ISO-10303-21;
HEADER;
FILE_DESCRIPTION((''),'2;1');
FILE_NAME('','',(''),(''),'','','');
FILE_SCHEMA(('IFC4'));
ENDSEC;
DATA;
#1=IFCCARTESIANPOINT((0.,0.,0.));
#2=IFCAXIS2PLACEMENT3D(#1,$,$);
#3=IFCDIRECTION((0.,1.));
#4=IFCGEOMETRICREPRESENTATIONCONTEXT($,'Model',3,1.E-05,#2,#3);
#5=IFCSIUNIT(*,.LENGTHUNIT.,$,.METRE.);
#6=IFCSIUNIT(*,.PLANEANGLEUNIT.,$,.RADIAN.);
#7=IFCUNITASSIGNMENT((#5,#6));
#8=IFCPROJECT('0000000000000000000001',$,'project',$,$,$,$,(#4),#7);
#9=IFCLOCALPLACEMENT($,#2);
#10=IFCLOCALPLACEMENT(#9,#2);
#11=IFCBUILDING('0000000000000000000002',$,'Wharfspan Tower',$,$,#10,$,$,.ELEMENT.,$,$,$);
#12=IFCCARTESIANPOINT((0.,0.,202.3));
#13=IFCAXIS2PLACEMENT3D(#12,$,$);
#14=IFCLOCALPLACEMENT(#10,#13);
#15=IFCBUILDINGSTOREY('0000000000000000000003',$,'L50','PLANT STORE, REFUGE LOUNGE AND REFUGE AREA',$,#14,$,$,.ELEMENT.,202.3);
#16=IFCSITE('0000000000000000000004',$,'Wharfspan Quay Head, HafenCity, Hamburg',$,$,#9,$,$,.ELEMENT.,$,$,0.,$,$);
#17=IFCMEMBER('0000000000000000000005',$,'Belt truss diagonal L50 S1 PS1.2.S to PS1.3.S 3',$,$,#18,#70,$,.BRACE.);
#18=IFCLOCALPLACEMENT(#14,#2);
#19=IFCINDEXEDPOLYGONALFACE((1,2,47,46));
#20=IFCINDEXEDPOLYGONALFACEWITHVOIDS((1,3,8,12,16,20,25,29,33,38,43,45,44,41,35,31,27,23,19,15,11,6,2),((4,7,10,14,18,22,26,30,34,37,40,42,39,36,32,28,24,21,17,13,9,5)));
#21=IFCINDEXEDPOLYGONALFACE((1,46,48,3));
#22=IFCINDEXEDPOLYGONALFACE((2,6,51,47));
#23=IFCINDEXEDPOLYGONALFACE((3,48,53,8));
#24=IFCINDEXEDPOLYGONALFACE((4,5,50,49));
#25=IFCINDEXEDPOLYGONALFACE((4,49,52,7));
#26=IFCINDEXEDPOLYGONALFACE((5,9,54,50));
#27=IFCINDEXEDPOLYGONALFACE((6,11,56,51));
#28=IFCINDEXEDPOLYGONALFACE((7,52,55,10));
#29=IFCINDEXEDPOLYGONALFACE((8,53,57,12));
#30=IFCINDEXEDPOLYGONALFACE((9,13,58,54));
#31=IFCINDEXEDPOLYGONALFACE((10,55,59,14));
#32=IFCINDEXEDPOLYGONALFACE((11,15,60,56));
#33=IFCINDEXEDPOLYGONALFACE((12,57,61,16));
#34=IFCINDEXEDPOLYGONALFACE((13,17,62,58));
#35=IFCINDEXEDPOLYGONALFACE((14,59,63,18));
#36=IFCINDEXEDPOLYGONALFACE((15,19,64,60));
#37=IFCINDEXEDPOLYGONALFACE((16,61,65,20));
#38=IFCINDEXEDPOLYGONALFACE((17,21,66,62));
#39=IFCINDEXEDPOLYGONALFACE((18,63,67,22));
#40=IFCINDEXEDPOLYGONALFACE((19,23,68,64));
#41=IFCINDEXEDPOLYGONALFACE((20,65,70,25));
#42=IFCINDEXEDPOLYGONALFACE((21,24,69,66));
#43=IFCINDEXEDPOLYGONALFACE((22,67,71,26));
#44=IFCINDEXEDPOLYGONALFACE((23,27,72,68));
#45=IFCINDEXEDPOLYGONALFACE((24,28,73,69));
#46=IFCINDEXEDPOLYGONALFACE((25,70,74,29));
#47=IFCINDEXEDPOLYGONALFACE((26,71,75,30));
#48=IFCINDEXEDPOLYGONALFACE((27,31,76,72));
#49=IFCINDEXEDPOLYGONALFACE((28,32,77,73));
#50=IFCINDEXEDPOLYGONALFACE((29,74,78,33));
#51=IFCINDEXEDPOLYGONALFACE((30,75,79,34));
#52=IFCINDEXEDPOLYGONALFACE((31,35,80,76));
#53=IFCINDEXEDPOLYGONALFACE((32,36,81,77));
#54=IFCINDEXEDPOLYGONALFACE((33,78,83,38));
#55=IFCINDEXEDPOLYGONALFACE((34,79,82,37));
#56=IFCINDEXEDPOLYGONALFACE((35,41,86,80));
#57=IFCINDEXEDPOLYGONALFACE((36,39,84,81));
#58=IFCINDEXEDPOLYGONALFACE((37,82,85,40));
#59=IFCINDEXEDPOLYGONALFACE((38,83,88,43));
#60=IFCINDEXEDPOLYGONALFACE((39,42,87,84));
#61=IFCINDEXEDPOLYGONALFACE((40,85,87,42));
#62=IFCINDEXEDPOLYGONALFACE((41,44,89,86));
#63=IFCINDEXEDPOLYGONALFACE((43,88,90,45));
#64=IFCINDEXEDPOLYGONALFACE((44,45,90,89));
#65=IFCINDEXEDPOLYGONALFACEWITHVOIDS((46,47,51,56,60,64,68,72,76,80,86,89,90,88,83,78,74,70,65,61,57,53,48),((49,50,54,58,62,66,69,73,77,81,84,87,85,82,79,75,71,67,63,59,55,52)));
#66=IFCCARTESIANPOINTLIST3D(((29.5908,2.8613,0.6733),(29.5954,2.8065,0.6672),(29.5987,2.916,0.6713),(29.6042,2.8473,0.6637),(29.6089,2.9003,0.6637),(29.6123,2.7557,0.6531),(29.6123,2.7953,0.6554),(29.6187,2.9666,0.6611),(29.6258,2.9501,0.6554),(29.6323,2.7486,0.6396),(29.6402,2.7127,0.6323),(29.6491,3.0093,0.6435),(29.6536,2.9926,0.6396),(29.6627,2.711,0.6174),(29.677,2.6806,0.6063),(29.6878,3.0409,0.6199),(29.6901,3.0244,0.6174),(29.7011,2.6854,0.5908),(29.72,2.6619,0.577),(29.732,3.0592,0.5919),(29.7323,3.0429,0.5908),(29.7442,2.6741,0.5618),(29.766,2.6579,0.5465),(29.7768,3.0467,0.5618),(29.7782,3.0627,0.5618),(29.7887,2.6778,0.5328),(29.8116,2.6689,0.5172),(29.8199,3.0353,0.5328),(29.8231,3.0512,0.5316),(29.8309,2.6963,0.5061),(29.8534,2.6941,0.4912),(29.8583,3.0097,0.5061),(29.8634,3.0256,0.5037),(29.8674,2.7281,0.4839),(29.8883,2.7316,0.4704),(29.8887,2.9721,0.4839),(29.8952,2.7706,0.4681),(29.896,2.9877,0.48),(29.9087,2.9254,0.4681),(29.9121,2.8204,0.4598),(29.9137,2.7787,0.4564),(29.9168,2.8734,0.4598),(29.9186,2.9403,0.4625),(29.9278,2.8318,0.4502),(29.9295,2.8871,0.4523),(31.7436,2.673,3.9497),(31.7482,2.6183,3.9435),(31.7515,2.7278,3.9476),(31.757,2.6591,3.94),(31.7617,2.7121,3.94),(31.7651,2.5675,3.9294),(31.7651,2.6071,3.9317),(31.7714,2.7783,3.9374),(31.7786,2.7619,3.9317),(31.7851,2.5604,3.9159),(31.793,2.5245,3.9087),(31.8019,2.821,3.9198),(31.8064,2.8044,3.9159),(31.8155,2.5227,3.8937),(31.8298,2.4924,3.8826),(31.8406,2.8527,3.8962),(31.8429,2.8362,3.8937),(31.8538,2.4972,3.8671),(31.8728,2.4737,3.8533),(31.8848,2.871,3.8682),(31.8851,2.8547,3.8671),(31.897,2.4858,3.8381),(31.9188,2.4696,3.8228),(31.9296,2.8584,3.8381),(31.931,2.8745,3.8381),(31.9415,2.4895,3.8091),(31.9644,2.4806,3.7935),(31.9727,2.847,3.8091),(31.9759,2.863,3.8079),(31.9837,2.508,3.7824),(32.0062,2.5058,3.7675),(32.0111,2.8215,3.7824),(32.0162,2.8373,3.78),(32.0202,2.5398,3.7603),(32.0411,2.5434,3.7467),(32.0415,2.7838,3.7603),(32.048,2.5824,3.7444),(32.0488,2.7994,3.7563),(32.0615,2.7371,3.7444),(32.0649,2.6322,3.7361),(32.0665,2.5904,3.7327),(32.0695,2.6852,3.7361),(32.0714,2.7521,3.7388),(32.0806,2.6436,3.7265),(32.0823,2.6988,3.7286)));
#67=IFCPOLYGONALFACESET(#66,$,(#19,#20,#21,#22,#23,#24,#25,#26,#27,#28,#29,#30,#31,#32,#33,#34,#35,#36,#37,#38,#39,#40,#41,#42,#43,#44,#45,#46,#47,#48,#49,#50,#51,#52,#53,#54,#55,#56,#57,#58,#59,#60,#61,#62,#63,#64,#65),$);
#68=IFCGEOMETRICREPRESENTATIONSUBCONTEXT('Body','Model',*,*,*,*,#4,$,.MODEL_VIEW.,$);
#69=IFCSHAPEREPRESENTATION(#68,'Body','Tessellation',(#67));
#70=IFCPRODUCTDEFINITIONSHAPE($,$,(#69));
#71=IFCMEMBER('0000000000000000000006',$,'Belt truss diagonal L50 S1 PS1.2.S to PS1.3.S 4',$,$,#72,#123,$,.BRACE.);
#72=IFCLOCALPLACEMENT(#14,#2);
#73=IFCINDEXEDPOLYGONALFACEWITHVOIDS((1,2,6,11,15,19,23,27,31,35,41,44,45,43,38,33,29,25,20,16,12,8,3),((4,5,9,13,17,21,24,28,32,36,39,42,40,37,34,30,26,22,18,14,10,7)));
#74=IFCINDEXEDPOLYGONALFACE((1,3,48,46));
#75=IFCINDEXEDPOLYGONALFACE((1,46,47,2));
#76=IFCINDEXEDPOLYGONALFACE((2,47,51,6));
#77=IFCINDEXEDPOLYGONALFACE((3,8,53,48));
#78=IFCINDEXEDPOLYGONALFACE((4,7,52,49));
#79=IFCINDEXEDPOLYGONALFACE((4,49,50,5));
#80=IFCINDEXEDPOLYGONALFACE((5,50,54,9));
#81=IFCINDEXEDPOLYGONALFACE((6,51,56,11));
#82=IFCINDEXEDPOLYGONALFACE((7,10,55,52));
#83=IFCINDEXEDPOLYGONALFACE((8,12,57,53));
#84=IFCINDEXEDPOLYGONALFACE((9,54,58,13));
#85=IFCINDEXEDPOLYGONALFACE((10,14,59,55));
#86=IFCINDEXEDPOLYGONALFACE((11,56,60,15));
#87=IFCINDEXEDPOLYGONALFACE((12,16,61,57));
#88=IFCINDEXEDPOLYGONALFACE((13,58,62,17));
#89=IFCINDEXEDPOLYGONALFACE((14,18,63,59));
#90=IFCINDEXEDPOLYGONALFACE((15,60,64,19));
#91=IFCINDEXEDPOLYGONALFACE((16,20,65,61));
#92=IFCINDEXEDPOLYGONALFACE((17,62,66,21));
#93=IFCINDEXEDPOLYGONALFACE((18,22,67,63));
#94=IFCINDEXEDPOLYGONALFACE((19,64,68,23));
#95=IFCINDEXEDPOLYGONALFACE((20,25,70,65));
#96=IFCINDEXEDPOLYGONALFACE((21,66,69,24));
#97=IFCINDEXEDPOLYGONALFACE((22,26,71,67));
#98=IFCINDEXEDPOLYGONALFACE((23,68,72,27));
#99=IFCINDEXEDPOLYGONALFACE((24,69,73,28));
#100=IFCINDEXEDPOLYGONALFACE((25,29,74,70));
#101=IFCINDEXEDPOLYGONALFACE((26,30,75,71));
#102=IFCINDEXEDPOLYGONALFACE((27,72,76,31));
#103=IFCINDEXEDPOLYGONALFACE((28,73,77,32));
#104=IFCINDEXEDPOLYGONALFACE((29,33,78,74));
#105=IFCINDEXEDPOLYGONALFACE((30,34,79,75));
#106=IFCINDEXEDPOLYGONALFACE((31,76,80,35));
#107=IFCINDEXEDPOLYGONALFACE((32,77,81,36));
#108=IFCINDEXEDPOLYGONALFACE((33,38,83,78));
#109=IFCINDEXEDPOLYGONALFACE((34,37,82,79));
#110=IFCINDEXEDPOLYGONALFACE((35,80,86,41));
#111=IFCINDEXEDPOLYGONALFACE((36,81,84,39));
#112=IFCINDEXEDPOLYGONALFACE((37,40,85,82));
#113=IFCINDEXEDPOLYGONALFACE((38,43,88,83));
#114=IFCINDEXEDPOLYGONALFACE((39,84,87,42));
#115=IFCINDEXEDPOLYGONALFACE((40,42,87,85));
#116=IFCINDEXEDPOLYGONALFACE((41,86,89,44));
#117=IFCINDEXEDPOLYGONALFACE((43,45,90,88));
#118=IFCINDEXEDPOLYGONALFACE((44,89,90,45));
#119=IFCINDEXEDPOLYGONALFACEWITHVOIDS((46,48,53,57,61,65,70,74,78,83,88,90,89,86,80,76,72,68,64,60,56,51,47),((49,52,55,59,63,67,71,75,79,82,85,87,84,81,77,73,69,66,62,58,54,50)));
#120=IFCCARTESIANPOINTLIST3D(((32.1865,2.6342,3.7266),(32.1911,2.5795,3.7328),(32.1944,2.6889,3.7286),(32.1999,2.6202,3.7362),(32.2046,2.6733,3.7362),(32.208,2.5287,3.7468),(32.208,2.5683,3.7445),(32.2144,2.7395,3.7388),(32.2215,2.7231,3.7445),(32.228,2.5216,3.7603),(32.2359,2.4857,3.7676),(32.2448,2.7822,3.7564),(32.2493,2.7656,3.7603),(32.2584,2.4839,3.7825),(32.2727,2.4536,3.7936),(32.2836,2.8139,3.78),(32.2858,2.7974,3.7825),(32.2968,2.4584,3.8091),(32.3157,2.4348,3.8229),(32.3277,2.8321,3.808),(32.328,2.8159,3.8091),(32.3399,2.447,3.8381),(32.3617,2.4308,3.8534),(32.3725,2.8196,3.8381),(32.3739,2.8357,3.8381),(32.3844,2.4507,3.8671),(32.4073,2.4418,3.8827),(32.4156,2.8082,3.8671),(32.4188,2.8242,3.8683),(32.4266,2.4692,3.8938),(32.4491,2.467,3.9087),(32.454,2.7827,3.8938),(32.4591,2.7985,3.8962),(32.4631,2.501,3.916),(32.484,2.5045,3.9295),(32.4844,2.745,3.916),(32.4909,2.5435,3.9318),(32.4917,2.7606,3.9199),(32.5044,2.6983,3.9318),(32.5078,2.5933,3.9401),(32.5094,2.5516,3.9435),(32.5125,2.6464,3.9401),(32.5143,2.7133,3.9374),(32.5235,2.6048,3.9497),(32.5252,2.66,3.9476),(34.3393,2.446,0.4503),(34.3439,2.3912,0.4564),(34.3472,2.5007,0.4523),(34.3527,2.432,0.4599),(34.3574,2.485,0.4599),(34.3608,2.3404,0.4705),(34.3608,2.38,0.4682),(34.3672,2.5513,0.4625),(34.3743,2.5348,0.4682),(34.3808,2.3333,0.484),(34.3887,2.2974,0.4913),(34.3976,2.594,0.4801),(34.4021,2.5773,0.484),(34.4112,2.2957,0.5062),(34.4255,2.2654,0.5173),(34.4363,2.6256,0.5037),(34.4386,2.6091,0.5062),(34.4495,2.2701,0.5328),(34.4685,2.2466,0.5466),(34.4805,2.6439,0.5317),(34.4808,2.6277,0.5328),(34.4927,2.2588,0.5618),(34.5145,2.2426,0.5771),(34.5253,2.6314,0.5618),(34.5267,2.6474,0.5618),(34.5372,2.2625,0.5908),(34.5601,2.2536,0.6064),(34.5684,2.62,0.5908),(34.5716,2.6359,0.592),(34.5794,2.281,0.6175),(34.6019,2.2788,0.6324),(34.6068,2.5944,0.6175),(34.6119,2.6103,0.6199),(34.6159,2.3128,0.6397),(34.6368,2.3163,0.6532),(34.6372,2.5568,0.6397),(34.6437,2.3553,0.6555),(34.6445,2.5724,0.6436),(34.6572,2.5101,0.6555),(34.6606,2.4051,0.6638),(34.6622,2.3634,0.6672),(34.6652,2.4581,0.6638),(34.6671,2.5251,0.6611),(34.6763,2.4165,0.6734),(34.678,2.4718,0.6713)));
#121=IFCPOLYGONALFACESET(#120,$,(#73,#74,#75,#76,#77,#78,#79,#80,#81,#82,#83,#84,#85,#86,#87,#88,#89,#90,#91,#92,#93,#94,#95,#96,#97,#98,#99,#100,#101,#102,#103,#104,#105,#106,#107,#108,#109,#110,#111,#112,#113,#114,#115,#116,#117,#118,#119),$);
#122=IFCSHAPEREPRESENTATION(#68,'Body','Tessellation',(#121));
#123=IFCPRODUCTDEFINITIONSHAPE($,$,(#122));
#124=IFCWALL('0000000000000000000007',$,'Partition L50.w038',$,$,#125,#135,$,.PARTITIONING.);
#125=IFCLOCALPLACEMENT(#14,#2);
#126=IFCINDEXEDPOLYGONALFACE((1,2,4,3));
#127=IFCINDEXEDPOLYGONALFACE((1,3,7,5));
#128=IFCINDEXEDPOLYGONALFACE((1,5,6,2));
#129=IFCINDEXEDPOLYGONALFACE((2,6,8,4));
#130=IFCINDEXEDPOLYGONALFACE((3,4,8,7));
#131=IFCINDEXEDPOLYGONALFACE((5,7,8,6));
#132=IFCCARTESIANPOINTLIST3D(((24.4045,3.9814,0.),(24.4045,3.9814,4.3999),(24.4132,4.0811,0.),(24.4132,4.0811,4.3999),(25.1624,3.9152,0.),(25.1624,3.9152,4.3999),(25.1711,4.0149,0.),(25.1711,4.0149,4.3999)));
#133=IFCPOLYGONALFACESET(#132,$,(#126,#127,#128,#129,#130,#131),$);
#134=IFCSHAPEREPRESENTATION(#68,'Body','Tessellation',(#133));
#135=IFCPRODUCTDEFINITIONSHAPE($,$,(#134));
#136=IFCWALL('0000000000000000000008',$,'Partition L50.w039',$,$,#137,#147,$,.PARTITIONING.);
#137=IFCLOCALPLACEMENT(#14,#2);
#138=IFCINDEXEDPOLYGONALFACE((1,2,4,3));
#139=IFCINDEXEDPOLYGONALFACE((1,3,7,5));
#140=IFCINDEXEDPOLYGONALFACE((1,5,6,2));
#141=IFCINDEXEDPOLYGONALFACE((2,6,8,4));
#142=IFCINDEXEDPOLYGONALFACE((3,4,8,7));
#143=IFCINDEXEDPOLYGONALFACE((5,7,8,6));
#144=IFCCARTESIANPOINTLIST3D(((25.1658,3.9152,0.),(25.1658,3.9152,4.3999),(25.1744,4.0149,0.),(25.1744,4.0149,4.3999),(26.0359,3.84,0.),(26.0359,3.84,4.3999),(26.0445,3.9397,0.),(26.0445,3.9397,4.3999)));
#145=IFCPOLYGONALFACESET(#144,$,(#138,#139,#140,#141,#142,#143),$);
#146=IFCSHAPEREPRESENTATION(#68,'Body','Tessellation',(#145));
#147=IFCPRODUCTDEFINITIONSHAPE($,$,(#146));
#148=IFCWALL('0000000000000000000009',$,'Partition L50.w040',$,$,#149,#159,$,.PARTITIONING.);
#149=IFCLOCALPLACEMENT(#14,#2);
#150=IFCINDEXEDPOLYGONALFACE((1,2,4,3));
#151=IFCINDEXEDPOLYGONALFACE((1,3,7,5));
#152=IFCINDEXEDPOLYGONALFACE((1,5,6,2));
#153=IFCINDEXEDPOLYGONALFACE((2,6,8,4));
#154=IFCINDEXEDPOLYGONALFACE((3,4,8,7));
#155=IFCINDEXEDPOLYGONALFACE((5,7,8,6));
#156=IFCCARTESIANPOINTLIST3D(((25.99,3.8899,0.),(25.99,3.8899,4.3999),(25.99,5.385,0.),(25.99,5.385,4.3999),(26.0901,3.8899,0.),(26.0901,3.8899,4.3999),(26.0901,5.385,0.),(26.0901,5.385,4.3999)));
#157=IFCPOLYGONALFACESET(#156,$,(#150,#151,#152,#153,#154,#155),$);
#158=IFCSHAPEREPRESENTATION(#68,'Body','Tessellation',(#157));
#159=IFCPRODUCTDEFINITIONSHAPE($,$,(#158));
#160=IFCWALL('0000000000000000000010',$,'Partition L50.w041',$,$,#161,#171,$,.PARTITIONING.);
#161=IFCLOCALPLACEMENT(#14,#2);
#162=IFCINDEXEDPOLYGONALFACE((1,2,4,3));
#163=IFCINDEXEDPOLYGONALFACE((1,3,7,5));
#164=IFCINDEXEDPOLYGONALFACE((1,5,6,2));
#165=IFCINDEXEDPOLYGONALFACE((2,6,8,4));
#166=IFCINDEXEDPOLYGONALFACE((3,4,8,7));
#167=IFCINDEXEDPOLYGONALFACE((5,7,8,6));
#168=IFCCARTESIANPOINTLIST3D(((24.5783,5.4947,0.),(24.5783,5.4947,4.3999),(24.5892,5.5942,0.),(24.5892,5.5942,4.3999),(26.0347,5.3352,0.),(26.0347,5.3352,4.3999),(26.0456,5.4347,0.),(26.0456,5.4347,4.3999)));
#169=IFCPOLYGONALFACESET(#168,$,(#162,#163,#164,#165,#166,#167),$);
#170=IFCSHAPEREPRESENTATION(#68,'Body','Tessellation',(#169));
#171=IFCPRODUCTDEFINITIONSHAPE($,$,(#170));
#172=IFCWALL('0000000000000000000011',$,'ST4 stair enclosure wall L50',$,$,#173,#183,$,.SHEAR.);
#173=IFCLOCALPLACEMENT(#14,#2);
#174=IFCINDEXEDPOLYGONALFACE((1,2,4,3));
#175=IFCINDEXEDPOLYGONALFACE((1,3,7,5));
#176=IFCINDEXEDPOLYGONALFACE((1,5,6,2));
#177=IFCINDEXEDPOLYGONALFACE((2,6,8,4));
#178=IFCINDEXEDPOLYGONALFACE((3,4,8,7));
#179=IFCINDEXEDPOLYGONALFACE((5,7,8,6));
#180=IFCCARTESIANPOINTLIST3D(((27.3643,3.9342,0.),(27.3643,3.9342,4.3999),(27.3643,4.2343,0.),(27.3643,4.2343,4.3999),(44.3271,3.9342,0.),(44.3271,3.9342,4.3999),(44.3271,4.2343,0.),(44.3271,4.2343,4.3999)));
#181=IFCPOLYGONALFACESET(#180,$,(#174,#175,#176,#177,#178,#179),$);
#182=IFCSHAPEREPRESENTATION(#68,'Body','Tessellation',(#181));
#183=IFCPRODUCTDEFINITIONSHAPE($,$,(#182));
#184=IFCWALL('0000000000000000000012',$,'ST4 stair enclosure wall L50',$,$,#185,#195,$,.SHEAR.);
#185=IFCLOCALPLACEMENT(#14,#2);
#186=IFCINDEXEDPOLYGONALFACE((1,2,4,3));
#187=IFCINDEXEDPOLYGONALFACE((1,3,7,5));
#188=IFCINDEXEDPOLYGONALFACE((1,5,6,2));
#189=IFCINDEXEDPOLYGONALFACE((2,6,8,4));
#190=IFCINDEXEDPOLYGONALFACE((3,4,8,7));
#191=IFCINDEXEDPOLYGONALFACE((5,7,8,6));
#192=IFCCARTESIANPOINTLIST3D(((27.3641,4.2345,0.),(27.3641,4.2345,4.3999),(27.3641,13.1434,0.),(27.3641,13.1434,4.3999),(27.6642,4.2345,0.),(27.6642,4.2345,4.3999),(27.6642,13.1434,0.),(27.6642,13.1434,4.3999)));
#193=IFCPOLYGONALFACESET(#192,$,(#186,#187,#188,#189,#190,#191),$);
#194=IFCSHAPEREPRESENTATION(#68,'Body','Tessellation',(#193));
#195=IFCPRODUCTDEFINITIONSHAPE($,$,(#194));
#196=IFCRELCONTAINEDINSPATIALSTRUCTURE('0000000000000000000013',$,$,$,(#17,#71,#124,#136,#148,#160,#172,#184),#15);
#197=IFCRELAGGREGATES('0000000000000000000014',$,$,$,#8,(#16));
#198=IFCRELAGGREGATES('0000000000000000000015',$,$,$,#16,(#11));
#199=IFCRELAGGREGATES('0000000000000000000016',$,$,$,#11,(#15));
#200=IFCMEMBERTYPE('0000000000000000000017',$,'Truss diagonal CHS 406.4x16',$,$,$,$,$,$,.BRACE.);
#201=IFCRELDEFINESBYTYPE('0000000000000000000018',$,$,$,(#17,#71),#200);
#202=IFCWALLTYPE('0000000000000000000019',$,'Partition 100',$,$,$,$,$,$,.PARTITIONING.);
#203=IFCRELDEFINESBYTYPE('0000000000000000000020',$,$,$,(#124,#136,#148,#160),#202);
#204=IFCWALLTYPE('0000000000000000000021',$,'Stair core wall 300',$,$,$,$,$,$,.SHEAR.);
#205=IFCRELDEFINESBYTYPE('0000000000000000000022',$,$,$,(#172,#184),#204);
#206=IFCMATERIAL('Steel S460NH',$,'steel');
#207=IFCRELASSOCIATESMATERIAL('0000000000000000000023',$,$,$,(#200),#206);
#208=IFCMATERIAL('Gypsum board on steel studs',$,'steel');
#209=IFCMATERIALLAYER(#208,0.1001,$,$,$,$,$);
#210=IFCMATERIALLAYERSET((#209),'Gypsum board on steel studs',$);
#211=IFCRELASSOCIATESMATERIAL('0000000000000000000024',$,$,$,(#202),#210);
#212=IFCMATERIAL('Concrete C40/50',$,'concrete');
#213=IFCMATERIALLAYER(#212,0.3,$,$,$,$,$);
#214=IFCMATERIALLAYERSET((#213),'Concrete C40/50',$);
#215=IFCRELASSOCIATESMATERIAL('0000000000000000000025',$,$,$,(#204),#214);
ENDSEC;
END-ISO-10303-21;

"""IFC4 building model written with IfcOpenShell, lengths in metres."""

from ifc_helpers import new_model, si_unit, direction, frame, frame_2d, origin, origin_2d, place, context, subcontext, project, spatial, rectangle, hollow_circle, extrude, material, layer, layer_set, material_profile, profile_set, type_object, element, save


model = new_model("IFC4")

# Units and contexts
model_context = context("Model", 3, precision=1e-05, world=origin(), true_north=direction((0.0, 1.0)))
body_context = subcontext(model_context, "Body", "Model", "MODEL_VIEW")
ifc_project = project(units=[si_unit("LENGTHUNIT", "METRE"), si_unit("PLANEANGLEUNIT", "RADIAN")], contexts=[model_context])

# Site, building, storey
site_placement = place(None, origin())
site = spatial("IfcSite", under=ifc_project, at=site_placement, Name="Wharfspan Quay Head, HafenCity, Hamburg", CompositionType="ELEMENT", RefElevation=0.0)
building_placement = place(site_placement, origin())
building = spatial("IfcBuilding", under=site, at=building_placement, Name="Wharfspan Tower", CompositionType="ELEMENT")
storey_placement = place(building_placement, frame((0.0, 0.0, 202.3)))
storey = spatial("IfcBuildingStorey", under=building, at=storey_placement, Name="L50", Description="PLANT STORE, REFUGE LOUNGE AND REFUGE AREA", CompositionType="ELEMENT", Elevation=202.3)

# Members
ifc_material_1 = material(Name="Steel S460NH", Category="steel")
ifc_material_profile_1 = material_profile(ifc_material_1, hollow_circle(Radius=0.2031, WallThickness=0.0161, at=origin_2d()))
ifc_profile_set_1 = profile_set([ifc_material_profile_1], Name="Steel S460NH")
member_type = type_object("IfcMemberType", Name="Truss diagonal CHS 406.4x16", PredefinedType="BRACE", material=ifc_profile_set_1)
for number, where, z_axis, x_axis, name in (
    (1, (29.7605, 2.8604, 0.5618), (0.548509, -0.047959, 0.834768), (0.0871, 0.996201, 0.000002), "Belt truss diagonal L50 S1 PS1.2.S to PS1.3.S 3"),
    (2, (32.3562, 2.6333, 3.8381), (0.548509, -0.047959, -0.834768), (0.0871, 0.996201, -0.000002), "Belt truss diagonal L50 S1 PS1.2.S to PS1.3.S 4"),
):
    element("IfcMember", number, at=place(storey_placement, frame(where, z_axis=z_axis, x_axis=x_axis)), inside=storey, type_object=member_type, Name=name, PredefinedType="BRACE", context=body_context, shape_type="SweptSolid", body=[
        extrude(hollow_circle(Radius=0.2031, WallThickness=0.0161, at=origin_2d()), origin(), (0.0, 0.0, 1.0), 3.9248),
    ])

# Walls
ifc_material_2 = material(Name="Gypsum board on steel studs", Category="steel")
ifc_layer_1 = layer(ifc_material_2, 0.1001)
ifc_layer_set_1 = layer_set([ifc_layer_1], Name="Gypsum board on steel studs")
wall_type_1 = type_object("IfcWallType", Name="Partition 100", PredefinedType="PARTITIONING", material=ifc_layer_set_1)
wall_1_placement = place(storey_placement, frame((25.1667, 3.9651, 0.0), z_axis=(0.0, 0.0, 1.0), x_axis=(-0.996212, 0.086976, 0.0)))
element("IfcWall", 3, at=wall_1_placement, inside=storey, type_object=wall_type_1, Name="Partition L50.w038", PredefinedType="PARTITIONING", context=body_context, shape_type="SweptSolid", body=[
    extrude(rectangle(XDim=0.7607, YDim=0.1001, at=frame_2d((0.3804, 0.0))), origin(), (0.0, 0.0, 1.0), 4.3999),
])
wall_2_placement = place(storey_placement, frame((26.04, 3.8899, 0.0), z_axis=(0.0, 0.0, 1.0), x_axis=(-0.996288, 0.086099, 0.0)))
element("IfcWall", 4, at=wall_2_placement, inside=storey, type_object=wall_type_1, Name="Partition L50.w039", PredefinedType="PARTITIONING", context=body_context, shape_type="SweptSolid", body=[
    extrude(rectangle(XDim=0.8733, YDim=0.1001, at=frame_2d((0.4365, 0.0))), origin(), (0.0, 0.0, 1.0), 4.3999),
])
wall_3_placement = place(storey_placement, frame((26.04, 3.8899, 0.0), z_axis=(0.0, 0.0, 1.0), x_axis=(0.0, 1.0, 0.0)))
element("IfcWall", 5, at=wall_3_placement, inside=storey, type_object=wall_type_1, Name="Partition L50.w040", PredefinedType="PARTITIONING", context=body_context, shape_type="SweptSolid", body=[
    extrude(rectangle(XDim=1.4951, YDim=0.1001, at=frame_2d((0.7476, 0.0))), origin(), (0.0, 0.0, 1.0), 4.3999),
])
wall_4_placement = place(storey_placement, frame((26.04, 5.385, 0.0), z_axis=(0.0, 0.0, 1.0), x_axis=(-0.994063, 0.108822, 0.0)))
element("IfcWall", 6, at=wall_4_placement, inside=storey, type_object=wall_type_1, Name="Partition L50.w041", PredefinedType="PARTITIONING", context=body_context, shape_type="SweptSolid", body=[
    extrude(rectangle(XDim=1.4651, YDim=0.1001, at=frame_2d((0.7324, 0.0))), origin(), (0.0, 0.0, 1.0), 4.3999),
])
ifc_material_3 = material(Name="Concrete C40/50", Category="concrete")
ifc_layer_2 = layer(ifc_material_3, 0.3)
ifc_layer_set_2 = layer_set([ifc_layer_2], Name="Concrete C40/50")
wall_type_2 = type_object("IfcWallType", Name="Stair core wall 300", PredefinedType="SHEAR", material=ifc_layer_set_2)
wall_5_placement = place(storey_placement, frame((27.3643, 4.0842, 0.0), z_axis=(0.0, 0.0, 1.0), x_axis=(1.0, 0.0, 0.0)))
element("IfcWall", 7, at=wall_5_placement, inside=storey, type_object=wall_type_2, Name="ST4 stair enclosure wall L50", PredefinedType="SHEAR", context=body_context, shape_type="SweptSolid", body=[
    extrude(rectangle(XDim=16.9629, YDim=0.3, at=frame_2d((8.4814, 0.0))), origin(), (0.0, 0.0, 1.0), 4.3999),
])
wall_6_placement = place(storey_placement, frame((27.5142, 4.2344, 0.0), z_axis=(0.0, 0.0, 1.0), x_axis=(0.0, 1.0, 0.0)))
element("IfcWall", 8, at=wall_6_placement, inside=storey, type_object=wall_type_2, Name="ST4 stair enclosure wall L50", PredefinedType="SHEAR", context=body_context, shape_type="SweptSolid", body=[
    extrude(rectangle(XDim=8.9089, YDim=0.3, at=frame_2d((4.4546, 0.0))), origin(), (0.0, 0.0, 1.0), 4.3999),
])

save(model, "model.ifc")
